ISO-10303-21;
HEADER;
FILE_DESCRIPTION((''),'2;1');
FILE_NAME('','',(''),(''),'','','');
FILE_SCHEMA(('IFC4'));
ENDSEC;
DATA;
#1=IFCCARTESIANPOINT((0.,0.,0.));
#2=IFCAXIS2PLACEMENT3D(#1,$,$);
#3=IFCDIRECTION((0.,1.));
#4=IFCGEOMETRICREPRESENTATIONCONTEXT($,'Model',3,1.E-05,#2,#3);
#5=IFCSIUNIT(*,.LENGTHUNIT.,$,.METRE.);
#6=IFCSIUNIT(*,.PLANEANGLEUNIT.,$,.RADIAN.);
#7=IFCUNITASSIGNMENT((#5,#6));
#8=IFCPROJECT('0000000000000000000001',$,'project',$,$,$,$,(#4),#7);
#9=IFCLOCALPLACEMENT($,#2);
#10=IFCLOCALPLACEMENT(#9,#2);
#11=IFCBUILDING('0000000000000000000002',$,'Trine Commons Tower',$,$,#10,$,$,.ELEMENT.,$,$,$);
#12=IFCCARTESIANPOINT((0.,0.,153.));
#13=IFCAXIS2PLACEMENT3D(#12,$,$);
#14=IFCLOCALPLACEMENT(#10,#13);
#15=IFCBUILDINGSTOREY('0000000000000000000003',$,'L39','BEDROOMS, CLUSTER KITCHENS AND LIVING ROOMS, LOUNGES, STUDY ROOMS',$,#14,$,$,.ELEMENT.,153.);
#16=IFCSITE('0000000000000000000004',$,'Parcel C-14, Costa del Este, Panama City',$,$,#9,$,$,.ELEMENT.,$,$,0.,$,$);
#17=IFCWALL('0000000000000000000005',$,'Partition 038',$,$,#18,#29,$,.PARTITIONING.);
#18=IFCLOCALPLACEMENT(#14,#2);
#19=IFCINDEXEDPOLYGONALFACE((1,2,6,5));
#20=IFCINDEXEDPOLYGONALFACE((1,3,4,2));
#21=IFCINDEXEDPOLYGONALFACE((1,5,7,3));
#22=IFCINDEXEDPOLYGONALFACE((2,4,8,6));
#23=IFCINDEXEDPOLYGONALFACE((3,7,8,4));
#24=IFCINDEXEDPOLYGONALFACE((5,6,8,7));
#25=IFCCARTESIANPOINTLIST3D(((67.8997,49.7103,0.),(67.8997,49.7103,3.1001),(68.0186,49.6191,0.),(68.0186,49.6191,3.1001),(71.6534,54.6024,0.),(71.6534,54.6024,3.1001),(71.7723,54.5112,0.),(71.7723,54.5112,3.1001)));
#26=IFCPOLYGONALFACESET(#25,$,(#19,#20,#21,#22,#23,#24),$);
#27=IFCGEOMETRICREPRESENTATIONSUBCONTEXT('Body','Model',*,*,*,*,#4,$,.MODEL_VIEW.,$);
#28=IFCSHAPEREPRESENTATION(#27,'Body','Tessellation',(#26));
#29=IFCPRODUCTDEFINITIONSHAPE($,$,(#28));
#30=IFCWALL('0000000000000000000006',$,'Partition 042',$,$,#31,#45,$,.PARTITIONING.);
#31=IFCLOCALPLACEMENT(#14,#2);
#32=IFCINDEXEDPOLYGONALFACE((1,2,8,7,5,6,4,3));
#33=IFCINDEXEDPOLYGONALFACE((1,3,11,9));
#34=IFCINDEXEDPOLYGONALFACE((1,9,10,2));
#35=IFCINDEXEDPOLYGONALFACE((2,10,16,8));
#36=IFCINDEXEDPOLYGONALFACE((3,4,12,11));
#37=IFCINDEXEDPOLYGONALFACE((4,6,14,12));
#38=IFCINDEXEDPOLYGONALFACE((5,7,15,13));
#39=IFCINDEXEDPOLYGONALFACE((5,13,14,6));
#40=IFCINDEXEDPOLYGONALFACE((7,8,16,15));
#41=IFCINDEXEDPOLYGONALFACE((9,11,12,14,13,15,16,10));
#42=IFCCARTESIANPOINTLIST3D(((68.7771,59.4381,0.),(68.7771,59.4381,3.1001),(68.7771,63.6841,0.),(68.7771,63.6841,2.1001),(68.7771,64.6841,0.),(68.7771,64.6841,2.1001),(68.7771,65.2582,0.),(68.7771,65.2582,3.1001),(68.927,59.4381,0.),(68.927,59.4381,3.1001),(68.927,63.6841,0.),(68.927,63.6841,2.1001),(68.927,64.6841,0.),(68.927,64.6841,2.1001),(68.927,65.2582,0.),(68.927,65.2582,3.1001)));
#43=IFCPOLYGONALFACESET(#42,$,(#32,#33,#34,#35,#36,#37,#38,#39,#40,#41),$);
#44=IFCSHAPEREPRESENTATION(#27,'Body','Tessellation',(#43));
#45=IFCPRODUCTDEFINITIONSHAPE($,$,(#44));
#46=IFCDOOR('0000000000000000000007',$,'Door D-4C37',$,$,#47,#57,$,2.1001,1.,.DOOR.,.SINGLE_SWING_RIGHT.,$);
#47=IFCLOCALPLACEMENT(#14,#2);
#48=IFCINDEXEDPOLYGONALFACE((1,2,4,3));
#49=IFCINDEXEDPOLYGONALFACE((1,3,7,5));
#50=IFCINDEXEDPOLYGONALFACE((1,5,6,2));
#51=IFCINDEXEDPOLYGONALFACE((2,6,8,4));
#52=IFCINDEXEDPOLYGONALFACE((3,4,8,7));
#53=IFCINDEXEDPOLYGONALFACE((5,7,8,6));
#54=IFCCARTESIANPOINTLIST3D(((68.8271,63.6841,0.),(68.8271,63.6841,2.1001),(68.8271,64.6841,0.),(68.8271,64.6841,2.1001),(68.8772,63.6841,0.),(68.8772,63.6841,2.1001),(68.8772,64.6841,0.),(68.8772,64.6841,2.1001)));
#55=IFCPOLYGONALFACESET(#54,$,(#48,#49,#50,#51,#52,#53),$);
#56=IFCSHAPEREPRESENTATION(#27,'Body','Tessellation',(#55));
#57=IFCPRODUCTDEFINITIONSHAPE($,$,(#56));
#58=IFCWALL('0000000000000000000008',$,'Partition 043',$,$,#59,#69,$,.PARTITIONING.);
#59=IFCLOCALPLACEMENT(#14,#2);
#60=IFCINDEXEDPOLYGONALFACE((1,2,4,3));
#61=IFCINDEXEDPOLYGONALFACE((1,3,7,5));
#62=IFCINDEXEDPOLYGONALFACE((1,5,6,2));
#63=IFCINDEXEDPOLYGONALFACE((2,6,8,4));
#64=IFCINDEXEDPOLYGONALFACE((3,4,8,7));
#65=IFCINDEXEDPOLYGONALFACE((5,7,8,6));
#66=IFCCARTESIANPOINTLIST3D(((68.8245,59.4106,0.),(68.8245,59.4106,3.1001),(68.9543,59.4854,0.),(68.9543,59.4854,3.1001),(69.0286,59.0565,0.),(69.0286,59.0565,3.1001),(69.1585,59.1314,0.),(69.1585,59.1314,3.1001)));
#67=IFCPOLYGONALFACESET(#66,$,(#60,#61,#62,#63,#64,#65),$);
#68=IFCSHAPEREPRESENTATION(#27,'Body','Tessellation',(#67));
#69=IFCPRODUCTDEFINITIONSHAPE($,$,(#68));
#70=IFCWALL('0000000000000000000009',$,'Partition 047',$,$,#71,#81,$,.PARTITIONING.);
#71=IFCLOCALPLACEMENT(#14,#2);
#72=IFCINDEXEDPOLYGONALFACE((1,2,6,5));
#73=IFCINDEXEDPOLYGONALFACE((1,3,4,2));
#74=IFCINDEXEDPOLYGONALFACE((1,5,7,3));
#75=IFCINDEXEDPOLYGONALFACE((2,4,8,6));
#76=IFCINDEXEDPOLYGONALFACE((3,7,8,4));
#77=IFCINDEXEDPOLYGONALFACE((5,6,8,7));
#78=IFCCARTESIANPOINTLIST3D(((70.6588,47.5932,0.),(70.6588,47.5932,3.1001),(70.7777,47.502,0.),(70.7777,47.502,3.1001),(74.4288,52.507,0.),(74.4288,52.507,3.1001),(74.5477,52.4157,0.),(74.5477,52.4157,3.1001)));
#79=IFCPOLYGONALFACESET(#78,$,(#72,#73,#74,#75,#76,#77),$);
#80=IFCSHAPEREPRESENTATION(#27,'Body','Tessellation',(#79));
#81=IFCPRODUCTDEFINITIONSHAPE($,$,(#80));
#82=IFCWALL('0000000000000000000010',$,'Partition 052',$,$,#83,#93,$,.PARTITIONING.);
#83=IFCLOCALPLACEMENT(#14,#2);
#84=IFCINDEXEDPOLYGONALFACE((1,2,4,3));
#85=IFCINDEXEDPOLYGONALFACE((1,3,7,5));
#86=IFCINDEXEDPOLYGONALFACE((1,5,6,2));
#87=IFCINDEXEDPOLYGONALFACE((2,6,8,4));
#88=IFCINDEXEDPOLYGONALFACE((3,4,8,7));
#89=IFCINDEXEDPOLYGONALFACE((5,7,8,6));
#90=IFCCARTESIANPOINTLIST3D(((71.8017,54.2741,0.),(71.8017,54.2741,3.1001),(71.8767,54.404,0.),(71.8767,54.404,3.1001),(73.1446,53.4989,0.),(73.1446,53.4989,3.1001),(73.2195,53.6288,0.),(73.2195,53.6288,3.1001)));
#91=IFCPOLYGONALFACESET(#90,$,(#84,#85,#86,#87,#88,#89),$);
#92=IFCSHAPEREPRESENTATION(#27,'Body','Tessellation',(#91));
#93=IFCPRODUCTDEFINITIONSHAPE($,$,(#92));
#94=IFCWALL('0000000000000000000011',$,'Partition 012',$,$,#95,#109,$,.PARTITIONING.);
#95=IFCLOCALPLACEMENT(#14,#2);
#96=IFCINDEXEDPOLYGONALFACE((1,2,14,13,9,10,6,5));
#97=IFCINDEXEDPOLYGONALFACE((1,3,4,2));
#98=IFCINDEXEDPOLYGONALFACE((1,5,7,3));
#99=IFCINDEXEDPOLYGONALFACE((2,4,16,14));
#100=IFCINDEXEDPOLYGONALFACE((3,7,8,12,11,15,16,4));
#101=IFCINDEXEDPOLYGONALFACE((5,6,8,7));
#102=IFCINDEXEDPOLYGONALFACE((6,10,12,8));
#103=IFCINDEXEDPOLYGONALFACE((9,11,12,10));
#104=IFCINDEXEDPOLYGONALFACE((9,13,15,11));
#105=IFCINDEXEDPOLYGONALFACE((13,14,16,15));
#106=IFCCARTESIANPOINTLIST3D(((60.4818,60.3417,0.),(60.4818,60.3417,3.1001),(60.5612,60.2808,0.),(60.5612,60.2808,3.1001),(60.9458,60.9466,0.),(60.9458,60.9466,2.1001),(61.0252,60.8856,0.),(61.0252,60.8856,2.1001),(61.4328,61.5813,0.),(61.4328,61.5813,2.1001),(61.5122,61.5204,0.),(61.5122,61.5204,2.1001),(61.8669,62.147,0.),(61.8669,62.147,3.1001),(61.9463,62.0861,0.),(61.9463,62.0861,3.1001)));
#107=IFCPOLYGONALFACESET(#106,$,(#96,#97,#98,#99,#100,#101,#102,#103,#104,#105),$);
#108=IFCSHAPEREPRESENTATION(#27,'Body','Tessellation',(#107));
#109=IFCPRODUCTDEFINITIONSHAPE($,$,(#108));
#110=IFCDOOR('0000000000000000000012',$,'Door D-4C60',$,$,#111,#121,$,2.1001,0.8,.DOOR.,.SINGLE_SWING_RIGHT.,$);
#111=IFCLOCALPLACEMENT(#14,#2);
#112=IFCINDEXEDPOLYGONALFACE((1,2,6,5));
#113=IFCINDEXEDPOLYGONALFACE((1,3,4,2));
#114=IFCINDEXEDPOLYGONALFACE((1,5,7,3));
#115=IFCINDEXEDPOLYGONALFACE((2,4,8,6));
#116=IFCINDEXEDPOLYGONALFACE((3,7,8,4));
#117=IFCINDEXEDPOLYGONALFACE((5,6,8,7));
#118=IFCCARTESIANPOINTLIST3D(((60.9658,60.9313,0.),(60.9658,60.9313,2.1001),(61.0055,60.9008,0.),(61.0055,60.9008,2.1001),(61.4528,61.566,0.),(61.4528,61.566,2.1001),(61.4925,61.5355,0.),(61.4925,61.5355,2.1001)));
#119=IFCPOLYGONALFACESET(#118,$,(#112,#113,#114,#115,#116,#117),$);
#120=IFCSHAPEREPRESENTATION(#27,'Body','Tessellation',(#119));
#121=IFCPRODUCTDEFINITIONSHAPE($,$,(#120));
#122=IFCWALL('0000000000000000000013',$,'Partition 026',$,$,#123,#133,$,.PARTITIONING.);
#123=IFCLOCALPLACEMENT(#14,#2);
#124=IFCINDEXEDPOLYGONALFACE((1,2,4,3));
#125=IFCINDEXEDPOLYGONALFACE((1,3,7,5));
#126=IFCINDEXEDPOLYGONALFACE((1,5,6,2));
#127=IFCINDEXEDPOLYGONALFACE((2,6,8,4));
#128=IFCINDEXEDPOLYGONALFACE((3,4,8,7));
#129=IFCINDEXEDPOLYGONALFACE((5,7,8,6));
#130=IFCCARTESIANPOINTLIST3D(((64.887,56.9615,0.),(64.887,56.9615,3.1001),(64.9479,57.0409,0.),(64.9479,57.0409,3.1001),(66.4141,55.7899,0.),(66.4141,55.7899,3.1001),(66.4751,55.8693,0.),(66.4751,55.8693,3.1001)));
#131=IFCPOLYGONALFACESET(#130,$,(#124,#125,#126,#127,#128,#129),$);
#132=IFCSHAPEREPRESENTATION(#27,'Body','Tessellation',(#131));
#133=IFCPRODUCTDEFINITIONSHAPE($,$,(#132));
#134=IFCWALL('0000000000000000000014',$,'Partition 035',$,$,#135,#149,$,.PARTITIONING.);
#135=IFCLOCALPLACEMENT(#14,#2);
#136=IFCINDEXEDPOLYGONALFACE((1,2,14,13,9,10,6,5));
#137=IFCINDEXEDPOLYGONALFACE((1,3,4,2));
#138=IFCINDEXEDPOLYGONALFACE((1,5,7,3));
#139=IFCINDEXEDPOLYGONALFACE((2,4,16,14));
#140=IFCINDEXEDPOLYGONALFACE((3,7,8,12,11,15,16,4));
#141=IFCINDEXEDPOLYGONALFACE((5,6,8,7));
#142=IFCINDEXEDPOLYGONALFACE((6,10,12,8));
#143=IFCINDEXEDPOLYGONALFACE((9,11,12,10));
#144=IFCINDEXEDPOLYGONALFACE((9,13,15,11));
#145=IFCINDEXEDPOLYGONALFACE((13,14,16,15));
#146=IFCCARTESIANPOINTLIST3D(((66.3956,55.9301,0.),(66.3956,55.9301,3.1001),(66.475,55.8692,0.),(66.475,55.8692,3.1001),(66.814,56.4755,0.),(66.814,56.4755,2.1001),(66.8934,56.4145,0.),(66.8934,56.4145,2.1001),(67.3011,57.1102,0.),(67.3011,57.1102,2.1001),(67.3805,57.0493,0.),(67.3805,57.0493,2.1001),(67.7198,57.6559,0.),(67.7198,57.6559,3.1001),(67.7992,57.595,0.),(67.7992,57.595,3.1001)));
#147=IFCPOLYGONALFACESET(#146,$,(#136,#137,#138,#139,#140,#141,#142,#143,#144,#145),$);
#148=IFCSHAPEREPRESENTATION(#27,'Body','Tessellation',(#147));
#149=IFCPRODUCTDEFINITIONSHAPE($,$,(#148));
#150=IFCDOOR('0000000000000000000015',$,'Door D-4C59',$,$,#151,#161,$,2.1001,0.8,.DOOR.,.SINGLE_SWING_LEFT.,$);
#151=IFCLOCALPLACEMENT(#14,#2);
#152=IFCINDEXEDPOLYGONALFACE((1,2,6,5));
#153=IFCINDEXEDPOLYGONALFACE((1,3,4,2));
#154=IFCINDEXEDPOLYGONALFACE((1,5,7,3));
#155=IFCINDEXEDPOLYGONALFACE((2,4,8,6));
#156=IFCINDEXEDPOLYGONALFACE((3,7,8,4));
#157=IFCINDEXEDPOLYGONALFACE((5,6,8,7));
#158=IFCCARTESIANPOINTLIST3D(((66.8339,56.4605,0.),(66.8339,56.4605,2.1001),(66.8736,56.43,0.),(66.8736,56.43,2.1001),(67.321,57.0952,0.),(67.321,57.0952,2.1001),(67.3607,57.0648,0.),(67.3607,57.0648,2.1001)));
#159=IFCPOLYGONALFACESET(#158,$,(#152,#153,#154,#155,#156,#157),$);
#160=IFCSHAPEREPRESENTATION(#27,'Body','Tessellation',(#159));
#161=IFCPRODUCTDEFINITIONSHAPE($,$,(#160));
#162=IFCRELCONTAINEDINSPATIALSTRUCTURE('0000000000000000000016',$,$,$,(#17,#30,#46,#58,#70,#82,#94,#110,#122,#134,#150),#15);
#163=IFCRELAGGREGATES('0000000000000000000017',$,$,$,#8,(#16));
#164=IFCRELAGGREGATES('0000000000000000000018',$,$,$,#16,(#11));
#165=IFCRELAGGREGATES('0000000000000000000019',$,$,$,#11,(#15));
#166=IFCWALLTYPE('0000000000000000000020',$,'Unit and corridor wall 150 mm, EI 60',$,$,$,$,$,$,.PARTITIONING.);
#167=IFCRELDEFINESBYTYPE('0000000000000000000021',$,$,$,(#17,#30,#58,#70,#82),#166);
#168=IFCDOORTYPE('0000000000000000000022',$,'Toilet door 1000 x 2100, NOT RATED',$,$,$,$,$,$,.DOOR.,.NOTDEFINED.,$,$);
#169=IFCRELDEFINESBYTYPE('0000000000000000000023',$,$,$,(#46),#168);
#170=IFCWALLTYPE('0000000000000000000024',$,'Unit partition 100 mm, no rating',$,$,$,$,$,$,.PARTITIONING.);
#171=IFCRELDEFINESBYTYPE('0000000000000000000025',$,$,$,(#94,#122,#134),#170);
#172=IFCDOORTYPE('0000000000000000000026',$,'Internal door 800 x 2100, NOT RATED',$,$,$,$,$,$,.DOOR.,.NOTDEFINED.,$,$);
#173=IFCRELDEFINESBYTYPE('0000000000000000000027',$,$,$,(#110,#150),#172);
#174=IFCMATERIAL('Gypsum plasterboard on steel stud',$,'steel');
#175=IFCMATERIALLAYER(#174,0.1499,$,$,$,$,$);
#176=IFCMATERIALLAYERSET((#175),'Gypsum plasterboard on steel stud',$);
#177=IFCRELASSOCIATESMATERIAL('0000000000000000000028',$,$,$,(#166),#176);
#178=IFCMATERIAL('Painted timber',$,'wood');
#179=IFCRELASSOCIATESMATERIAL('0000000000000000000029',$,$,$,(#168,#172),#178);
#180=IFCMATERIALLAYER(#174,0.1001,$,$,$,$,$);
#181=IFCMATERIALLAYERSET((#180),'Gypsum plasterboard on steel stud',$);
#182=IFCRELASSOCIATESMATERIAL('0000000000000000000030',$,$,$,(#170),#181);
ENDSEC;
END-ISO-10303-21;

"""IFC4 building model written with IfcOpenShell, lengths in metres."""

from ifc_helpers import new_model, si_unit, direction, frame, frame_2d, origin, place, context, subcontext, project, spatial, rectangle, extrude, material, layer, layer_set, type_object, element, fill, save


model = new_model("IFC4")

# Units and contexts
model_context = context("Model", 3, precision=1e-05, world=origin(), true_north=direction((0.0, 1.0)))
body_context = subcontext(model_context, "Body", "Model", "MODEL_VIEW")
ifc_project = project(units=[si_unit("LENGTHUNIT", "METRE"), si_unit("PLANEANGLEUNIT", "RADIAN")], contexts=[model_context])

# Site, building, storey
site_placement = place(None, origin())
site = spatial("IfcSite", under=ifc_project, at=site_placement, Name="Parcel C-14, Costa del Este, Panama City", CompositionType="ELEMENT", RefElevation=0.0)
building_placement = place(site_placement, origin())
building = spatial("IfcBuilding", under=site, at=building_placement, Name="Trine Commons Tower", CompositionType="ELEMENT")
storey_placement = place(building_placement, frame((0.0, 0.0, 153.0)))
storey = spatial("IfcBuildingStorey", under=building, at=storey_placement, Name="L39", Description="BEDROOMS, CLUSTER KITCHENS AND LIVING ROOMS, LOUNGES, STUDY ROOMS", CompositionType="ELEMENT", Elevation=153.0)

# Wall
ifc_material_1 = material(Name="Gypsum plasterboard on steel stud", Category="steel")
ifc_layer_1 = layer(ifc_material_1, 0.1499)
ifc_layer_set_1 = layer_set([ifc_layer_1], Name="Gypsum plasterboard on steel stud")
wall_type_1 = type_object("IfcWallType", Name="Unit and corridor wall 150 mm, EI 60", PredefinedType="PARTITIONING", material=ifc_layer_set_1)
wall_1_placement = place(storey_placement, frame((67.9592, 49.6648, 0.0), z_axis=(0.0, 0.0, 1.0), x_axis=(0.608744, 0.793367, 0.0)))
element("IfcWall", 1, at=wall_1_placement, inside=storey, type_object=wall_type_1, Name="Partition 038", PredefinedType="PARTITIONING", context=body_context, shape_type="SweptSolid", body=[
    extrude(rectangle(XDim=6.1663, YDim=0.1499, at=frame_2d((3.083, 0.0))), origin(), (0.0, 0.0, 1.0), 3.1001),
])

# Wall, opening, door
wall_2_placement = place(storey_placement, frame((68.8521, 59.438, 0.0), z_axis=(0.0, 0.0, 1.0), x_axis=(0.0, 1.0, 0.0)))
wall_2 = element("IfcWall", 2, at=wall_2_placement, inside=storey, type_object=wall_type_1, Name="Partition 042", PredefinedType="PARTITIONING", context=body_context, shape_type="SweptSolid", body=[
    extrude(rectangle(XDim=5.8201, YDim=0.1499, at=frame_2d((2.9102, 0.0))), origin(), (0.0, 0.0, 1.0), 3.1001),
])
opening_1_placement = place(wall_2_placement, frame((4.2461, 0.0, 0.0)))
opening_1 = element("IfcOpeningElement", 3, at=opening_1_placement, cuts=wall_2, PredefinedType="OPENING", context=body_context, shape_type="SweptSolid", body=[
    extrude(rectangle(XDim=1.0, YDim=2.1001, at=frame_2d((0.5, 1.05))), frame((0.0, 0.085, 0.0), z_axis=(0.0, -1.0, 0.0), x_axis=(1.0, 0.0, 0.0)), (0.0, 0.0, 1.0), 0.1699),
])
ifc_material_2 = material(Name="Painted timber", Category="wood")
door_type_1 = type_object("IfcDoorType", Name="Toilet door 1000 x 2100, NOT RATED", OperationType="NOTDEFINED", PredefinedType="DOOR", material=ifc_material_2)
door_1_placement = place(opening_1_placement, origin())
door_1 = element("IfcDoor", 4, at=door_1_placement, inside=storey, type_object=door_type_1, Name="Door D-4C37", OperationType="SINGLE_SWING_RIGHT", OverallHeight=2.1001, OverallWidth=1.0, PredefinedType="DOOR", context=body_context, shape_type="SweptSolid", body=[
    extrude(rectangle(XDim=1.0, YDim=2.1001, at=frame_2d((0.5, 1.05))), frame((0.0, 0.0249, 0.0), z_axis=(0.0, -1.0, 0.0), x_axis=(1.0, 0.0, 0.0)), (0.0, 0.0, 1.0), 0.05),
])
fill(opening_1, door_1)

# Walls
wall_3_placement = place(storey_placement, frame((68.8894, 59.448, 0.0), z_axis=(0.0, 0.0, 1.0), x_axis=(0.499481, -0.866325, 0.0)))
element("IfcWall", 5, at=wall_3_placement, inside=storey, type_object=wall_type_1, Name="Partition 043", PredefinedType="PARTITIONING", context=body_context, shape_type="SweptSolid", body=[
    extrude(rectangle(XDim=0.4087, YDim=0.1499, at=frame_2d((0.2043, 0.0))), origin(), (0.0, 0.0, 1.0), 3.1001),
])
wall_4_placement = place(storey_placement, frame((70.7183, 47.5476, 0.0), z_axis=(0.0, 0.0, 1.0), x_axis=(0.608712, 0.793391, 0.0)))
element("IfcWall", 6, at=wall_4_placement, inside=storey, type_object=wall_type_1, Name="Partition 047", PredefinedType="PARTITIONING", context=body_context, shape_type="SweptSolid", body=[
    extrude(rectangle(XDim=6.1934, YDim=0.1499, at=frame_2d((3.0967, 0.0))), origin(), (0.0, 0.0, 1.0), 3.1001),
])
wall_5_placement = place(storey_placement, frame((71.8391, 54.3391, 0.0), z_axis=(0.0, 0.0, 1.0), x_axis=(0.866054, -0.49995, 0.0)))
element("IfcWall", 7, at=wall_5_placement, inside=storey, type_object=wall_type_1, Name="Partition 052", PredefinedType="PARTITIONING", context=body_context, shape_type="SweptSolid", body=[
    extrude(rectangle(XDim=1.5505, YDim=0.1499, at=frame_2d((0.7754, 0.0))), origin(), (0.0, 0.0, 1.0), 3.1001),
])

# Wall, opening, door
ifc_layer_2 = layer(ifc_material_1, 0.1001)
ifc_layer_set_2 = layer_set([ifc_layer_2], Name="Gypsum plasterboard on steel stud")
wall_type_2 = type_object("IfcWallType", Name="Unit partition 100 mm, no rating", PredefinedType="PARTITIONING", material=ifc_layer_set_2)
wall_6_placement = place(storey_placement, frame((60.5215, 60.3113, 0.0), z_axis=(0.0, 0.0, 1.0), x_axis=(0.60872, 0.793385, 0.0)))
wall_6 = element("IfcWall", 8, at=wall_6_placement, inside=storey, type_object=wall_type_2, Name="Partition 012", PredefinedType="PARTITIONING", context=body_context, shape_type="SweptSolid", body=[
    extrude(rectangle(XDim=2.2754, YDim=0.1001, at=frame_2d((1.1377, 0.0))), origin(), (0.0, 0.0, 1.0), 3.1001),
])
opening_2_placement = place(wall_6_placement, frame((0.7625, 0.0, 0.0)))
opening_2 = element("IfcOpeningElement", 9, at=opening_2_placement, cuts=wall_6, PredefinedType="OPENING", context=body_context, shape_type="SweptSolid", body=[
    extrude(rectangle(XDim=0.8, YDim=2.1001, at=frame_2d((0.3999, 1.05))), frame((0.0, 0.0601, 0.0), z_axis=(0.0, -1.0, 0.0), x_axis=(1.0, 0.0, 0.0)), (0.0, 0.0, 1.0), 0.1201),
])
door_type_2 = type_object("IfcDoorType", Name="Internal door 800 x 2100, NOT RATED", OperationType="NOTDEFINED", PredefinedType="DOOR", material=ifc_material_2)
door_2_placement = place(opening_2_placement, origin())
door_2 = element("IfcDoor", 10, at=door_2_placement, inside=storey, type_object=door_type_2, Name="Door D-4C60", OperationType="SINGLE_SWING_RIGHT", OverallHeight=2.1001, OverallWidth=0.8, PredefinedType="DOOR", context=body_context, shape_type="SweptSolid", body=[
    extrude(rectangle(XDim=0.8, YDim=2.1001, at=frame_2d((0.3999, 1.05))), frame((0.0, 0.0249, 0.0), z_axis=(0.0, -1.0, 0.0), x_axis=(1.0, 0.0, 0.0)), (0.0, 0.0, 1.0), 0.05),
])
fill(opening_2, door_2)

# Wall
wall_7_placement = place(storey_placement, frame((64.9175, 57.0012, 0.0), z_axis=(0.0, 0.0, 1.0), x_axis=(0.793392, -0.608711, 0.0)))
element("IfcWall", 11, at=wall_7_placement, inside=storey, type_object=wall_type_2, Name="Partition 026", PredefinedType="PARTITIONING", context=body_context, shape_type="SweptSolid", body=[
    extrude(rectangle(XDim=1.9248, YDim=0.1001, at=frame_2d((0.9624, 0.0))), origin(), (0.0, 0.0, 1.0), 3.1001),
])

# Wall, opening, door
wall_8_placement = place(storey_placement, frame((66.4353, 55.8997, 0.0), z_axis=(0.0, 0.0, 1.0), x_axis=(0.608745, 0.793366, 0.0)))
wall_8 = element("IfcWall", 12, at=wall_8_placement, inside=storey, type_object=wall_type_2, Name="Partition 035", PredefinedType="PARTITIONING", context=body_context, shape_type="SweptSolid", body=[
    extrude(rectangle(XDim=2.1753, YDim=0.1001, at=frame_2d((1.0876, 0.0))), origin(), (0.0, 0.0, 1.0), 3.1001),
])
opening_3_placement = place(wall_8_placement, frame((0.6875, 0.0, 0.0)))
opening_3 = element("IfcOpeningElement", 13, at=opening_3_placement, cuts=wall_8, PredefinedType="OPENING", context=body_context, shape_type="SweptSolid", body=[
    extrude(rectangle(XDim=0.8, YDim=2.1001, at=frame_2d((0.3999, 1.05))), frame((0.0, 0.0601, 0.0), z_axis=(0.0, -1.0, 0.0), x_axis=(1.0, 0.0, 0.0)), (0.0, 0.0, 1.0), 0.1201),
])
door_3_placement = place(opening_3_placement, frame((0.8, 0.0, 0.0), z_axis=(0.0, 0.0, 1.0), x_axis=(-1.0, 0.0, 0.0)))
door_3 = element("IfcDoor", 14, at=door_3_placement, inside=storey, type_object=door_type_2, Name="Door D-4C59", OperationType="SINGLE_SWING_LEFT", OverallHeight=2.1001, OverallWidth=0.8, PredefinedType="DOOR", context=body_context, shape_type="SweptSolid", body=[
    extrude(rectangle(XDim=0.8, YDim=2.1001, at=frame_2d((0.3999, 1.05))), frame((0.0, 0.0249, 0.0), z_axis=(0.0, -1.0, 0.0), x_axis=(1.0, 0.0, 0.0)), (0.0, 0.0, 1.0), 0.05),
])
fill(opening_3, door_3)

save(model, "model.ifc")
